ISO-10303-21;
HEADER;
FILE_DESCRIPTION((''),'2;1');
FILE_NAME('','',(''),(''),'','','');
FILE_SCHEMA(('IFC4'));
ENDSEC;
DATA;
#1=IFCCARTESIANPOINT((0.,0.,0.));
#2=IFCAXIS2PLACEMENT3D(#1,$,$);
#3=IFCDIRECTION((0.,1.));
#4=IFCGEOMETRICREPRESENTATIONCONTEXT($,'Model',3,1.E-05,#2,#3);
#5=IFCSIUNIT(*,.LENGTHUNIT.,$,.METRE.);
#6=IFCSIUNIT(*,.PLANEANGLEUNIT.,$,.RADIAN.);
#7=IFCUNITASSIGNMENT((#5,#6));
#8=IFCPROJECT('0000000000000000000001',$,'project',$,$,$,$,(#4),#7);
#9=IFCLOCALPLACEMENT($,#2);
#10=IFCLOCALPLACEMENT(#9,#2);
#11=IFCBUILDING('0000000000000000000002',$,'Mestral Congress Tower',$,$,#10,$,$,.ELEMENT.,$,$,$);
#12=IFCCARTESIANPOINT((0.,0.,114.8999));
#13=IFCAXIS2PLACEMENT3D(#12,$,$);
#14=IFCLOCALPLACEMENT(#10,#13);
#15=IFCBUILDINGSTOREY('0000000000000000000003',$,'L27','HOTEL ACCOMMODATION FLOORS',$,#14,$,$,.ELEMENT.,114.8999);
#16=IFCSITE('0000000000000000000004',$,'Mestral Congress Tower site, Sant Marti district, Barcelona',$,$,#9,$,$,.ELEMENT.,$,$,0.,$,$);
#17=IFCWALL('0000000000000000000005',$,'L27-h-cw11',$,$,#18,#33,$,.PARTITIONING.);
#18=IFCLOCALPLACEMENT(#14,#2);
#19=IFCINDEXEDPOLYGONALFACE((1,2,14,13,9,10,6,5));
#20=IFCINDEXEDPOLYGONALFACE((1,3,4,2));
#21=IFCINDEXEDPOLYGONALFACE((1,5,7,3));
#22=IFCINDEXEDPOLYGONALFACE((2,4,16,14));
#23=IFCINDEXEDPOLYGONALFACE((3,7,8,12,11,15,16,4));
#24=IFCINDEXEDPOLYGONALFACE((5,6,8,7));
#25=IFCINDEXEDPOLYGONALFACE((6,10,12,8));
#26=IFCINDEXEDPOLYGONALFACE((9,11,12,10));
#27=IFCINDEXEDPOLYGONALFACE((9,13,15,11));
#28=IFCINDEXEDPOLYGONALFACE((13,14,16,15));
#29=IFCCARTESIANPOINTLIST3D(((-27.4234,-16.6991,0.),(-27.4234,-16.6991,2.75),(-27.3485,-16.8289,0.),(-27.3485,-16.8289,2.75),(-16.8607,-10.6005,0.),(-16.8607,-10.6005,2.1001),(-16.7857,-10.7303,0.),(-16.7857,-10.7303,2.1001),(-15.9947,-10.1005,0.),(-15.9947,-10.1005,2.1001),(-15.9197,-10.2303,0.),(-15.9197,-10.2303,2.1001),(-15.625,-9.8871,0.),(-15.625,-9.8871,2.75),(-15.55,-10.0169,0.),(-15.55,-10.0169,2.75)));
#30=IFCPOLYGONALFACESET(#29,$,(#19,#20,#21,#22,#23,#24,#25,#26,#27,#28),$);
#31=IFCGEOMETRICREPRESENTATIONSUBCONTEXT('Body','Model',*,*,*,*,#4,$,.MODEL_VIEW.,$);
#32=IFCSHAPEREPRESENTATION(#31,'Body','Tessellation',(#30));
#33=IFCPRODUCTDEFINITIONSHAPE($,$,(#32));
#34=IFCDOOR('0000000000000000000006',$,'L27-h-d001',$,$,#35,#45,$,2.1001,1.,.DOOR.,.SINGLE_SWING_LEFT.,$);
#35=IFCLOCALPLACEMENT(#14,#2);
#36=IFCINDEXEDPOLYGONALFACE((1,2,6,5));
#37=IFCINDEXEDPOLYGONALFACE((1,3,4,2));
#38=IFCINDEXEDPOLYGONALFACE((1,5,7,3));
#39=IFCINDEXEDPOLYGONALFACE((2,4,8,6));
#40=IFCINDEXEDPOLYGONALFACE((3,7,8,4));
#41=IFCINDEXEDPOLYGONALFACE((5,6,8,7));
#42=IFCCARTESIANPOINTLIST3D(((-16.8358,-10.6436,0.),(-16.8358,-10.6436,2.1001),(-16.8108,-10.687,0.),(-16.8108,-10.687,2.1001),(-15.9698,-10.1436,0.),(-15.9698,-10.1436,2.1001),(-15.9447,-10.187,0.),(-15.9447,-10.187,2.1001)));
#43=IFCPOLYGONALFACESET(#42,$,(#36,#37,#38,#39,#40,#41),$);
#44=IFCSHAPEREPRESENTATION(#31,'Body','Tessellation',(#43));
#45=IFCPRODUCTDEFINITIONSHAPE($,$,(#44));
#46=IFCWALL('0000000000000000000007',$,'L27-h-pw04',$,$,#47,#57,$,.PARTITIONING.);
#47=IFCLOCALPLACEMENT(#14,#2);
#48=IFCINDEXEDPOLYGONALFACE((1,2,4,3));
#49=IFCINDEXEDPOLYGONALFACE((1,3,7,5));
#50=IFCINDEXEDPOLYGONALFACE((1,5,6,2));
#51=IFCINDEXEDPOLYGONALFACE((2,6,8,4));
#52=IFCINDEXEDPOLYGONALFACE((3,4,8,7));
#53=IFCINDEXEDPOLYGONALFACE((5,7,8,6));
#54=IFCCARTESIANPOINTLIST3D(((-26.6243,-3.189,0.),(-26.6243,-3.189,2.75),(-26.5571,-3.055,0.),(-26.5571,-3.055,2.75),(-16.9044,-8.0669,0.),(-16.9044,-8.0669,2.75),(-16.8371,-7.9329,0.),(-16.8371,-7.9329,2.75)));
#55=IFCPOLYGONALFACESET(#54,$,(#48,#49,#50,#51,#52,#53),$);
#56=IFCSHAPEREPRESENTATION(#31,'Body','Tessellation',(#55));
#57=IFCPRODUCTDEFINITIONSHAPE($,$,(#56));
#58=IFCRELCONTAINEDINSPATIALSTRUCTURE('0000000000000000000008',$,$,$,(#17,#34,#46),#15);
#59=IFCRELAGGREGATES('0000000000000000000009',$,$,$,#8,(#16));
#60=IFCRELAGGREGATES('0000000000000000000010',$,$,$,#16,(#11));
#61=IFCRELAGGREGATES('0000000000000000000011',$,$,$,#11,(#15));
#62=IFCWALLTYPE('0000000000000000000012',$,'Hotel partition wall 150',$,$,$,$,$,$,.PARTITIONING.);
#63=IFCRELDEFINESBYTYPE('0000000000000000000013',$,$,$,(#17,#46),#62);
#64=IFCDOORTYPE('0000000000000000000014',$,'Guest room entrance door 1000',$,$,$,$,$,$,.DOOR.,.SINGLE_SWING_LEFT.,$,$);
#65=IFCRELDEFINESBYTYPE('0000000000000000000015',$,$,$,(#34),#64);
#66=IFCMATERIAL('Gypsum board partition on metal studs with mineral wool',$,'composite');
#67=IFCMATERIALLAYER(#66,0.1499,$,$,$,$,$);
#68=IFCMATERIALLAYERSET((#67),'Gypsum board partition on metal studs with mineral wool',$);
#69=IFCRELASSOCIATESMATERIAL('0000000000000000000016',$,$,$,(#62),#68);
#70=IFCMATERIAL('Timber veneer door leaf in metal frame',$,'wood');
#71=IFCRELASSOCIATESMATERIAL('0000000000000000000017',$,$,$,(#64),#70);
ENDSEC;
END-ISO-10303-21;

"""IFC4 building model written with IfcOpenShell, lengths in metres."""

from ifc_helpers import new_model, si_unit, direction, frame, frame_2d, origin, place, context, subcontext, project, spatial, rectangle, extrude, material, layer, layer_set, type_object, element, fill, save


model = new_model("IFC4")

# Units and contexts
model_context = context("Model", 3, precision=1e-05, world=origin(), true_north=direction((0.0, 1.0)))
body_context = subcontext(model_context, "Body", "Model", "MODEL_VIEW")
ifc_project = project(units=[si_unit("LENGTHUNIT", "METRE"), si_unit("PLANEANGLEUNIT", "RADIAN")], contexts=[model_context])

# Site, building, storey
site_placement = place(None, origin())
site = spatial("IfcSite", under=ifc_project, at=site_placement, Name="Mestral Congress Tower site, Sant Marti district, Barcelona", CompositionType="ELEMENT", RefElevation=0.0)
building_placement = place(site_placement, origin())
building = spatial("IfcBuilding", under=site, at=building_placement, Name="Mestral Congress Tower", CompositionType="ELEMENT")
storey_placement = place(building_placement, frame((0.0, 0.0, 114.8999)))
storey = spatial("IfcBuildingStorey", under=building, at=storey_placement, Name="L27", Description="HOTEL ACCOMMODATION FLOORS", CompositionType="ELEMENT", Elevation=114.8999)

# Shared definitions
ifc_material_1 = material(Name="Gypsum board partition on metal studs with mineral wool", Category="composite")

# Shared definitions
ifc_layer_1 = layer(ifc_material_1, 0.1499)
ifc_layer_set_1 = layer_set([ifc_layer_1], Name="Gypsum board partition on metal studs with mineral wool")
wall_type_1 = type_object("IfcWallType", Name="Hotel partition wall 150", PredefinedType="PARTITIONING", material=ifc_layer_set_1)
ifc_material_2 = material(Name="Timber veneer door leaf in metal frame", Category="wood")
door_type_1 = type_object("IfcDoorType", Name="Guest room entrance door 1000", OperationType="SINGLE_SWING_LEFT", PredefinedType="DOOR", material=ifc_material_2)

# Wall, opening, door
wall_1_placement = place(storey_placement, frame((-15.5874, -9.9519, 0.0), z_axis=(0.0, 0.0, 1.0), x_axis=(-0.866018, -0.500013, 0.0)))
wall_1 = element("IfcWall", 1, at=wall_1_placement, inside=storey, type_object=wall_type_1, Name="L27-h-cw11", PredefinedType="PARTITIONING", context=body_context, shape_type="SweptSolid", body=[
    extrude(rectangle(XDim=13.6238, YDim=0.1499, at=frame_2d((6.812, 0.0))), origin(), (0.0, 0.0, 1.0), 2.75),
])
opening_1_placement = place(wall_1_placement, frame((0.427, 0.0, 0.0)))
opening_1 = element("IfcOpeningElement", 2, at=opening_1_placement, cuts=wall_1, PredefinedType="OPENING", context=body_context, shape_type="SweptSolid", body=[
    extrude(rectangle(XDim=1.0, YDim=2.1001, at=frame_2d((0.5, 1.05))), frame((0.0, 0.085, 0.0), z_axis=(0.0, -1.0, 0.0), x_axis=(1.0, 0.0, 0.0)), (0.0, 0.0, 1.0), 0.1699),
])
door_1_placement = place(opening_1_placement, origin())
door_1 = element("IfcDoor", 3, at=door_1_placement, inside=storey, type_object=door_type_1, Name="L27-h-d001", OperationType="SINGLE_SWING_LEFT", OverallHeight=2.1001, OverallWidth=1.0, PredefinedType="DOOR", context=body_context, shape_type="SweptSolid", body=[
    extrude(rectangle(XDim=1.0, YDim=2.1001, at=frame_2d((0.5, 1.05))), frame((0.0, 0.0249, 0.0), z_axis=(0.0, -1.0, 0.0), x_axis=(1.0, 0.0, 0.0)), (0.0, 0.0, 1.0), 0.05),
])
fill(opening_1, door_1)

# Wall
wall_2_placement = place(storey_placement, frame((-26.5906, -3.1221, 0.0), z_axis=(0.0, 0.0, 1.0), x_axis=(0.893766, -0.448533, 0.0)))
element("IfcWall", 4, at=wall_2_placement, inside=storey, type_object=wall_type_1, Name="L27-h-pw04", PredefinedType="PARTITIONING", context=body_context, shape_type="SweptSolid", body=[
    extrude(rectangle(XDim=10.8752, YDim=0.1499, at=frame_2d((5.4375, 0.0))), origin(), (0.0, 0.0, 1.0), 2.75),
])

save(model, "model.ifc")
